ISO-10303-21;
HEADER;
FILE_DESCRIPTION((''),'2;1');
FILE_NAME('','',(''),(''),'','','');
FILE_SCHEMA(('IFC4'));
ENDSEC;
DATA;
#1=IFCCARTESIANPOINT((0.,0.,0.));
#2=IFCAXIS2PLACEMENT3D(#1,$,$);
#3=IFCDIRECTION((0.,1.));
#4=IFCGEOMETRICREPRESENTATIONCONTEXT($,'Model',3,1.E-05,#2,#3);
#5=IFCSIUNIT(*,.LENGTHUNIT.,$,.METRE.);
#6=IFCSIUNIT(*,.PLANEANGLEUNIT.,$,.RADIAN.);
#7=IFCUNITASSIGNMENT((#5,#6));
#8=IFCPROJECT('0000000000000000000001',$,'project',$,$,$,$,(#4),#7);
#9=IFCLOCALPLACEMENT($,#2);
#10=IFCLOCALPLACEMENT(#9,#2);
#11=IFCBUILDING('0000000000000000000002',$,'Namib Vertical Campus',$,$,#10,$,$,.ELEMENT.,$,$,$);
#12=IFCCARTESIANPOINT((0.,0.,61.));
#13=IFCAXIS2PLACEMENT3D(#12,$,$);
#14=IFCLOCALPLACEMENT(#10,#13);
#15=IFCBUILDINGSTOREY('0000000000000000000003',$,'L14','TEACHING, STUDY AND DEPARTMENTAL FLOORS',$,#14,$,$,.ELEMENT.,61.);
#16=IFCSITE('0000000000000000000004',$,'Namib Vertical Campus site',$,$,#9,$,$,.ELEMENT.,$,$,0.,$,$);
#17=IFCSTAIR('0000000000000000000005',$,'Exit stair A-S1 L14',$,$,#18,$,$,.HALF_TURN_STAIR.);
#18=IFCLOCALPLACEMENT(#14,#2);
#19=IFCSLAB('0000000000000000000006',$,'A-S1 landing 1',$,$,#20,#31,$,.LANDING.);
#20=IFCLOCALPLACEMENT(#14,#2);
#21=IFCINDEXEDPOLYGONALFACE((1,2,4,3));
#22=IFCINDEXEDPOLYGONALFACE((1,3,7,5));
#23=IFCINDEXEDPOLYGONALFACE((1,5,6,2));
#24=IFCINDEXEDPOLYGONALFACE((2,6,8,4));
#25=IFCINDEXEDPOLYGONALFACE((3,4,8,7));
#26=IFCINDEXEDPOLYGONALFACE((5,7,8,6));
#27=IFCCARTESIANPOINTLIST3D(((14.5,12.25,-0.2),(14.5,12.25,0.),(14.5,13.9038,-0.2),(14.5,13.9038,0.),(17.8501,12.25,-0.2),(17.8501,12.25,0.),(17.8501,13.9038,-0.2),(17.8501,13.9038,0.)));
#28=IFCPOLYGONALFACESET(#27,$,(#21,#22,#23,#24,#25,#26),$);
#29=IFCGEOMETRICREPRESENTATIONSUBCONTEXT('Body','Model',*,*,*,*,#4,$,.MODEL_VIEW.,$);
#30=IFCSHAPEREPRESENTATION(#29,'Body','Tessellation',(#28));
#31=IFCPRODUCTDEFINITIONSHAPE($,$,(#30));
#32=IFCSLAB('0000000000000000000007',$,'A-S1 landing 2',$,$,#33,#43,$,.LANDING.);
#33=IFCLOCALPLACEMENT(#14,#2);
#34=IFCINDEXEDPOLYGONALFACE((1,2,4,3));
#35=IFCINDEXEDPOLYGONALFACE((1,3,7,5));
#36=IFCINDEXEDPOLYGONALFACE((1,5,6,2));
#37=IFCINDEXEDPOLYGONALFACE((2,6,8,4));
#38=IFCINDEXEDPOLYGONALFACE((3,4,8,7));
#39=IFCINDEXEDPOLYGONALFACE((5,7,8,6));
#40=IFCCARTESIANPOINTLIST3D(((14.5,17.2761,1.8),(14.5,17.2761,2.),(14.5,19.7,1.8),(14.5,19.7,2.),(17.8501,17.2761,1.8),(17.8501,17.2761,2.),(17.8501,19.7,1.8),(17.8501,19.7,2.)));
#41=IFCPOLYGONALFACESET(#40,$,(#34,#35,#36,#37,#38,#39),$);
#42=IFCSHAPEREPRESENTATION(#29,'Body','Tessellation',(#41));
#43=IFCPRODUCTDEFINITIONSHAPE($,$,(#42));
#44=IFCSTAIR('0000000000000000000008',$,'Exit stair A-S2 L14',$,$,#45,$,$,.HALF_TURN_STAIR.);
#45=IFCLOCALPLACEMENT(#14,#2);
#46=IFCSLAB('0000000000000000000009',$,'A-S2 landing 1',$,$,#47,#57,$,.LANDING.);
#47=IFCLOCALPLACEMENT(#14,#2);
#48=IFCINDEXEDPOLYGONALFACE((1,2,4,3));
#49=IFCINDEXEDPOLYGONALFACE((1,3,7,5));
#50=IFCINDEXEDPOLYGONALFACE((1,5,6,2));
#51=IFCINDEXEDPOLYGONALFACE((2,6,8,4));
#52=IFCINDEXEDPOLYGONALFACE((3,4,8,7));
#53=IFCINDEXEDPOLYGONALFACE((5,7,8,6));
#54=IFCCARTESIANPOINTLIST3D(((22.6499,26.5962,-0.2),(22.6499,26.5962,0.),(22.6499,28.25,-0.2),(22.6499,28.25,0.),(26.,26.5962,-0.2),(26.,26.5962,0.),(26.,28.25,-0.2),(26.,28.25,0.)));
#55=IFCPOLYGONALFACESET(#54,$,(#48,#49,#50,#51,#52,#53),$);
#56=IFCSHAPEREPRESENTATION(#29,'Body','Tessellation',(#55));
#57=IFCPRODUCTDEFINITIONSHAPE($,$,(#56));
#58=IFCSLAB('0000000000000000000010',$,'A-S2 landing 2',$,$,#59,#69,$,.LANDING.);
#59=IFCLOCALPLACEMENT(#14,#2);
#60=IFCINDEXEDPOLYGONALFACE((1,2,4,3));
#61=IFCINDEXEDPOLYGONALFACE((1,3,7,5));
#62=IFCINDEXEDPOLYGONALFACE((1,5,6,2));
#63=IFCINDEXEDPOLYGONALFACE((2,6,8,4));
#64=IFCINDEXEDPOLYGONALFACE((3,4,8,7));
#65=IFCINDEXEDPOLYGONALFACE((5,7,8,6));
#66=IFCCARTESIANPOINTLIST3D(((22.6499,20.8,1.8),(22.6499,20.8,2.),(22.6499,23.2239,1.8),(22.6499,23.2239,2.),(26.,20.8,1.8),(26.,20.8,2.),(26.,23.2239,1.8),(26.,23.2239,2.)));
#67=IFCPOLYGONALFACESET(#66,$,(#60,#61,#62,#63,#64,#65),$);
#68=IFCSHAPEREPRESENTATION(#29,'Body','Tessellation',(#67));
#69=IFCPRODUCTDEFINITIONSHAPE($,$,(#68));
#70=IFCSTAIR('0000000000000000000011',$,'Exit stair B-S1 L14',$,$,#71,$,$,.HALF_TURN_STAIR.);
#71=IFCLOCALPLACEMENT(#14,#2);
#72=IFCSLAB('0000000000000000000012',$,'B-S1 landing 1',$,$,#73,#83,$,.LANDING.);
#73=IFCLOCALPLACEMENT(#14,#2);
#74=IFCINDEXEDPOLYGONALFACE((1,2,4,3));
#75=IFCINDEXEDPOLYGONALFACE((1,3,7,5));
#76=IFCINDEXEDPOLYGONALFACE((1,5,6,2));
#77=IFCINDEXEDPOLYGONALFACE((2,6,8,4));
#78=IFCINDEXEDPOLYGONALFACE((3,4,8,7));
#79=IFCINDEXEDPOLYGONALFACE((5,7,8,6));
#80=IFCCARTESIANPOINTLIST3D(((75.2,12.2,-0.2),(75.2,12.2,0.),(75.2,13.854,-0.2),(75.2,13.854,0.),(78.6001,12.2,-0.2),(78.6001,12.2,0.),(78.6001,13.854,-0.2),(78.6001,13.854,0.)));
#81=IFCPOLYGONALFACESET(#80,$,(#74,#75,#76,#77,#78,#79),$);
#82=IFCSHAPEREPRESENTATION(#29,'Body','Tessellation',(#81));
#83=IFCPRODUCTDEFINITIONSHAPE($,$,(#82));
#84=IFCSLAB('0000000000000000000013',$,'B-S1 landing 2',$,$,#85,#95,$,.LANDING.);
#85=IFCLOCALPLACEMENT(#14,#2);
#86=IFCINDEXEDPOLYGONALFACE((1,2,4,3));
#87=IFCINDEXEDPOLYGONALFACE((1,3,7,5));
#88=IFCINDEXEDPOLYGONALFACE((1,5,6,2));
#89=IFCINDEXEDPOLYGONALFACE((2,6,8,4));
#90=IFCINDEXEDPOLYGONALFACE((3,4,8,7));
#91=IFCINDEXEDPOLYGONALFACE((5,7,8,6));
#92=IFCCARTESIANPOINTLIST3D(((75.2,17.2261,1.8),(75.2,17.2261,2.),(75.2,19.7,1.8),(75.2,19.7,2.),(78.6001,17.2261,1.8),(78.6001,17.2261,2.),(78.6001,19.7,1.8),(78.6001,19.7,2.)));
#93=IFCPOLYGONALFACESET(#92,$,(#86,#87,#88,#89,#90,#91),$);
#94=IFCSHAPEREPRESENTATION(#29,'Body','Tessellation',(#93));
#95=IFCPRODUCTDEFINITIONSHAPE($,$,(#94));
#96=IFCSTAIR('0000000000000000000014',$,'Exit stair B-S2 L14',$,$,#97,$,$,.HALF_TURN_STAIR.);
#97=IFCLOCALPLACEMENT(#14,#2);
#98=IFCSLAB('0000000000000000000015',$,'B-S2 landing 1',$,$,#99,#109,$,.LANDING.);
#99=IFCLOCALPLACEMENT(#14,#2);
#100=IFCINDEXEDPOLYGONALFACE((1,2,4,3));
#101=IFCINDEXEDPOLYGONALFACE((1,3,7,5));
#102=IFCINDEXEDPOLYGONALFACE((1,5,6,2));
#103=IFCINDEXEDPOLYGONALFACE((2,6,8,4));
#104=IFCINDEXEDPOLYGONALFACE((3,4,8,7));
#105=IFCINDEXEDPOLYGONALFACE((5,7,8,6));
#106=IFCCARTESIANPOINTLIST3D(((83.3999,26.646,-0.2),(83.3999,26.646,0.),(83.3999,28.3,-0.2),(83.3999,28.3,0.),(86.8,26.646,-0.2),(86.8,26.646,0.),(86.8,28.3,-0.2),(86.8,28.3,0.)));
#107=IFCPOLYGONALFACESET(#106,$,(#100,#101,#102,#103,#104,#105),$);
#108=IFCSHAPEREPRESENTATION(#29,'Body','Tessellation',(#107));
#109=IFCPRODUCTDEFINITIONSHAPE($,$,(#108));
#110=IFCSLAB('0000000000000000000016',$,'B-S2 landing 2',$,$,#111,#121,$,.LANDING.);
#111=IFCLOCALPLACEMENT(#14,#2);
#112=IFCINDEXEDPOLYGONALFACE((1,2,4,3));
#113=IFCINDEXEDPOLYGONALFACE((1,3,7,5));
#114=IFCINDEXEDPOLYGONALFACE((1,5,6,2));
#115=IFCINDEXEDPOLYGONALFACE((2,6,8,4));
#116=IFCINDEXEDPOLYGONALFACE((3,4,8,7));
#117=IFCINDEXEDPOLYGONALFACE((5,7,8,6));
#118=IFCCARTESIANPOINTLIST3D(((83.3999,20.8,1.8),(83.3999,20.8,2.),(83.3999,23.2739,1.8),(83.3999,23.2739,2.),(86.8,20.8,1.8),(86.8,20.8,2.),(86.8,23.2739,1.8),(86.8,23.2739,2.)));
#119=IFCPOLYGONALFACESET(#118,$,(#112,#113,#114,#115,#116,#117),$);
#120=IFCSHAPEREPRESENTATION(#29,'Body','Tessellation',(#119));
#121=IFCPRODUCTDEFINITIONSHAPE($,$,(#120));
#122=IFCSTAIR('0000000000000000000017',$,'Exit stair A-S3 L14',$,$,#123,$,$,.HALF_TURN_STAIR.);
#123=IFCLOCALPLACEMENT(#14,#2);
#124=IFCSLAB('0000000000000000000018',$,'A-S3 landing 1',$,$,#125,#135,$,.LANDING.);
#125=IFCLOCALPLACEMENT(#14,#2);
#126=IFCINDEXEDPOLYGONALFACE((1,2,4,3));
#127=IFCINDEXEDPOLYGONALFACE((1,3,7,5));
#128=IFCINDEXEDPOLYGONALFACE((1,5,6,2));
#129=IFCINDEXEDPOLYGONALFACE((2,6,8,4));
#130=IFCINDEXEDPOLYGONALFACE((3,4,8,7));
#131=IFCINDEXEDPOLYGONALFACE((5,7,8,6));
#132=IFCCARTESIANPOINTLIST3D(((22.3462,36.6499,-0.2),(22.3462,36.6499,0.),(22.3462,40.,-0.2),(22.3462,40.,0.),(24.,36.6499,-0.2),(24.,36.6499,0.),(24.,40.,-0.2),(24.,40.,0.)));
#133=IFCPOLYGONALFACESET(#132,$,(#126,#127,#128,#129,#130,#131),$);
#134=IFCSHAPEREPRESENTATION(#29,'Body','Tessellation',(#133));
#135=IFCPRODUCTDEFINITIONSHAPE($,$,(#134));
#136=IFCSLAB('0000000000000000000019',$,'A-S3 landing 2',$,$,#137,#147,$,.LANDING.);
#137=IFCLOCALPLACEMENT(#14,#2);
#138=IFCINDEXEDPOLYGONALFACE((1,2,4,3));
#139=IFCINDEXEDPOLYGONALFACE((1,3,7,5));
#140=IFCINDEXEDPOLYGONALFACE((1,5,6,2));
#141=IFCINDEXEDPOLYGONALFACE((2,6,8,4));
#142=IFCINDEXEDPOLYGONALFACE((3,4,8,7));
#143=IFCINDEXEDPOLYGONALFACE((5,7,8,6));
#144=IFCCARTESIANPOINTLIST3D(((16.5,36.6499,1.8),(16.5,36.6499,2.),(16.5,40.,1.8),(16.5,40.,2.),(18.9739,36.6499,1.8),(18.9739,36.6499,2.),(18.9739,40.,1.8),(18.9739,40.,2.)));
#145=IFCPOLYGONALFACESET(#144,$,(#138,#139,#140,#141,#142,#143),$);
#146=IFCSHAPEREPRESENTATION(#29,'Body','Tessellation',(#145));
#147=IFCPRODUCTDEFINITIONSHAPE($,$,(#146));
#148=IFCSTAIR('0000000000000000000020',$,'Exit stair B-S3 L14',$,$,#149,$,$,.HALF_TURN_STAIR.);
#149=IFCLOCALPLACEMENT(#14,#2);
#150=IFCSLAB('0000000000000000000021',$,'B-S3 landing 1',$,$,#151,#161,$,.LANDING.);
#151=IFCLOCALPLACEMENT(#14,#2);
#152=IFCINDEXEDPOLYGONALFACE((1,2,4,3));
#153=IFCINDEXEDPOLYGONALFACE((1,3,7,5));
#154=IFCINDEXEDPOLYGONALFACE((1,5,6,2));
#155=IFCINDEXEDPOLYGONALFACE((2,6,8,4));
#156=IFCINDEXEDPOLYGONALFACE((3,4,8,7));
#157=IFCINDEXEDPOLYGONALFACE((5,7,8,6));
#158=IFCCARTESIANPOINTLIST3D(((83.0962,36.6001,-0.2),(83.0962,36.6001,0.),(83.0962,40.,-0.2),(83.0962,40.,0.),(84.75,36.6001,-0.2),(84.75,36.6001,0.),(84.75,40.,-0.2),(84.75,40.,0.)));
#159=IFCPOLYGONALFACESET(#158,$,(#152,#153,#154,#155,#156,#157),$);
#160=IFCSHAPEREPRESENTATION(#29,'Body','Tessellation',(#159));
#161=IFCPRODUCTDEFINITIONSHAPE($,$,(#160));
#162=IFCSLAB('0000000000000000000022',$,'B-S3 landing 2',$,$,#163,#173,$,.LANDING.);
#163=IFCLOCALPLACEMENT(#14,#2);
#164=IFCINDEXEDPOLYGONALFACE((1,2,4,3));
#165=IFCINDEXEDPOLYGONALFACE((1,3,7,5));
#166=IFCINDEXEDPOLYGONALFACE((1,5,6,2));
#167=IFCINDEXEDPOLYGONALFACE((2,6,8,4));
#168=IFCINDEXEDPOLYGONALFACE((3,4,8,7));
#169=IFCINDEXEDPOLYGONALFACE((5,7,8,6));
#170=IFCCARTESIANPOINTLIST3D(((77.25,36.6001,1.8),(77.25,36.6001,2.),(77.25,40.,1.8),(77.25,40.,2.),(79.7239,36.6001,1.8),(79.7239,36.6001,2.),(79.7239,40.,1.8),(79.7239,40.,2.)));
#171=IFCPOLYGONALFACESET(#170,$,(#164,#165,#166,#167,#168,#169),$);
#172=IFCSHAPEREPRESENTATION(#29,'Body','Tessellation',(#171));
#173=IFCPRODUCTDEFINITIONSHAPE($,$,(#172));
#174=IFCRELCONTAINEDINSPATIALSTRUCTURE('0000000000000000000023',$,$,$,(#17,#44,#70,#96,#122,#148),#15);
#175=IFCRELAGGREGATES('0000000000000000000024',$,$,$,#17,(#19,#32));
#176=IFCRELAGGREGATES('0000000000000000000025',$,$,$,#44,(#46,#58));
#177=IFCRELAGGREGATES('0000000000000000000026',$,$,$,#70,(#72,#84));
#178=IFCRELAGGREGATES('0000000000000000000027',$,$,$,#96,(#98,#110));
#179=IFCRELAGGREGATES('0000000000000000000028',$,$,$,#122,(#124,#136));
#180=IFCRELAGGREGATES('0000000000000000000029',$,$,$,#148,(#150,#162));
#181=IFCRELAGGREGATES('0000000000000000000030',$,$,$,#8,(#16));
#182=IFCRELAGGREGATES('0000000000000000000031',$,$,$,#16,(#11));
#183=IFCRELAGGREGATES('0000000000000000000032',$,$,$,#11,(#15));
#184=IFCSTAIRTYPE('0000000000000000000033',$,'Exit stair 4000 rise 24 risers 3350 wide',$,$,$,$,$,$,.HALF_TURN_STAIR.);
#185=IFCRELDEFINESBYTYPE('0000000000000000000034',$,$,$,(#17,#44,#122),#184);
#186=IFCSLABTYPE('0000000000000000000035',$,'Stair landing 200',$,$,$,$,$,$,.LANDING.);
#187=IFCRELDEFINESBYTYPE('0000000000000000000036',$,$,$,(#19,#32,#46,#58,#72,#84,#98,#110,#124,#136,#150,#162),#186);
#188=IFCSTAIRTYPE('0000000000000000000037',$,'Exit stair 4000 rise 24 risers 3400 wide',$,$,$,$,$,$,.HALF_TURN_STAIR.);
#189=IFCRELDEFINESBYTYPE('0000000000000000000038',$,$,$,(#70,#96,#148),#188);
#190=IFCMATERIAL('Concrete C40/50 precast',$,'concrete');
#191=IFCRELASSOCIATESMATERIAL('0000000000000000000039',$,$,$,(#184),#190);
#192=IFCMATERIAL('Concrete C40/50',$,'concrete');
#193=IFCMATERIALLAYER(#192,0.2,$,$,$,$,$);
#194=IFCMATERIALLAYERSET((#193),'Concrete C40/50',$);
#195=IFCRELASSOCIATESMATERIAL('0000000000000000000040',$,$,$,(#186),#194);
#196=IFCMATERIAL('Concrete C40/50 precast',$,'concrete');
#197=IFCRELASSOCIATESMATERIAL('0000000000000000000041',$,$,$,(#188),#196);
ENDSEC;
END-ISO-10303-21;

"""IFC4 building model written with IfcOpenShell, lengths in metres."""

from ifc_helpers import new_model, si_unit, direction, frame, origin, place, context, subcontext, project, spatial, polyline, outline, extrude, material, layer, layer_set, type_object, element, aggregate, save


model = new_model("IFC4")

# Units and contexts
model_context = context("Model", 3, precision=1e-05, world=origin(), true_north=direction((0.0, 1.0)))
body_context = subcontext(model_context, "Body", "Model", "MODEL_VIEW")
ifc_project = project(units=[si_unit("LENGTHUNIT", "METRE"), si_unit("PLANEANGLEUNIT", "RADIAN")], contexts=[model_context])

# Site, building, storey
site_placement = place(None, origin())
site = spatial("IfcSite", under=ifc_project, at=site_placement, Name="Namib Vertical Campus site", CompositionType="ELEMENT", RefElevation=0.0)
building_placement = place(site_placement, origin())
building = spatial("IfcBuilding", under=site, at=building_placement, Name="Namib Vertical Campus", CompositionType="ELEMENT")
storey_placement = place(building_placement, frame((0.0, 0.0, 61.0)))
storey = spatial("IfcBuildingStorey", under=building, at=storey_placement, Name="L14", Description="TEACHING, STUDY AND DEPARTMENTAL FLOORS", CompositionType="ELEMENT", Elevation=61.0)

# Stairs, slabs
ifc_material_1 = material(Name="Concrete C40/50 precast", Category="concrete")
stair_type_1 = type_object("IfcStairType", Name="Exit stair 4000 rise 24 risers 3350 wide", PredefinedType="HALF_TURN_STAIR", material=ifc_material_1)
stair_1_placement = place(storey_placement, origin())
stair_1 = element("IfcStair", 1, at=stair_1_placement, inside=storey, type_object=stair_type_1, Name="Exit stair A-S1 L14", PredefinedType="HALF_TURN_STAIR")
ifc_material_2 = material(Name="Concrete C40/50", Category="concrete")
ifc_layer_1 = layer(ifc_material_2, 0.2)
ifc_layer_set_1 = layer_set([ifc_layer_1], Name="Concrete C40/50")
slab_type_1 = type_object("IfcSlabType", Name="Stair landing 200", PredefinedType="LANDING", material=ifc_layer_set_1)
slab_1_placement = place(storey_placement, frame((0.0, 0.0, -0.2)))
slab_1 = element("IfcSlab", 2, at=slab_1_placement, type_object=slab_type_1, Name="A-S1 landing 1", PredefinedType="LANDING", context=body_context, shape_type="SweptSolid", body=[
    extrude(outline(polyline([(14.5, 12.25), (17.8501, 12.25), (17.8501, 13.9038), (14.5, 13.9038), (14.5, 12.25)])), origin(), (0.0, 0.0, 1.0), 0.2),
])
slab_2_placement = place(storey_placement, frame((0.0, 0.0, 1.8)))
slab_2 = element("IfcSlab", 3, at=slab_2_placement, type_object=slab_type_1, Name="A-S1 landing 2", PredefinedType="LANDING", context=body_context, shape_type="SweptSolid", body=[
    extrude(outline(polyline([(14.5, 17.2761), (17.8501, 17.2761), (17.8501, 19.7), (14.5, 19.7), (14.5, 17.2761)])), origin(), (0.0, 0.0, 1.0), 0.2),
])
aggregate(stair_1, [slab_1, slab_2])
stair_2_placement = place(storey_placement, origin())
stair_2 = element("IfcStair", 4, at=stair_2_placement, inside=storey, type_object=stair_type_1, Name="Exit stair A-S2 L14", PredefinedType="HALF_TURN_STAIR")
slab_3_placement = place(storey_placement, frame((0.0, 0.0, -0.2)))
slab_3 = element("IfcSlab", 5, at=slab_3_placement, type_object=slab_type_1, Name="A-S2 landing 1", PredefinedType="LANDING", context=body_context, shape_type="SweptSolid", body=[
    extrude(outline(polyline([(22.6499, 26.5962), (26.0, 26.5962), (26.0, 28.25), (22.6499, 28.25), (22.6499, 26.5962)])), origin(), (0.0, 0.0, 1.0), 0.2),
])
slab_4_placement = place(storey_placement, frame((0.0, 0.0, 1.8)))
slab_4 = element("IfcSlab", 6, at=slab_4_placement, type_object=slab_type_1, Name="A-S2 landing 2", PredefinedType="LANDING", context=body_context, shape_type="SweptSolid", body=[
    extrude(outline(polyline([(22.6499, 20.8), (26.0, 20.8), (26.0, 23.2239), (22.6499, 23.2239), (22.6499, 20.8)])), origin(), (0.0, 0.0, 1.0), 0.2),
])
aggregate(stair_2, [slab_3, slab_4])
ifc_material_3 = material(Name="Concrete C40/50 precast", Category="concrete")
stair_type_2 = type_object("IfcStairType", Name="Exit stair 4000 rise 24 risers 3400 wide", PredefinedType="HALF_TURN_STAIR", material=ifc_material_3)
stair_3_placement = place(storey_placement, origin())
stair_3 = element("IfcStair", 7, at=stair_3_placement, inside=storey, type_object=stair_type_2, Name="Exit stair B-S1 L14", PredefinedType="HALF_TURN_STAIR")
slab_5_placement = place(storey_placement, frame((0.0, 0.0, -0.2)))
slab_5 = element("IfcSlab", 8, at=slab_5_placement, type_object=slab_type_1, Name="B-S1 landing 1", PredefinedType="LANDING", context=body_context, shape_type="SweptSolid", body=[
    extrude(outline(polyline([(75.2, 12.2), (78.6001, 12.2), (78.6001, 13.854), (75.2, 13.854), (75.2, 12.2)])), origin(), (0.0, 0.0, 1.0), 0.2),
])
slab_6_placement = place(storey_placement, frame((0.0, 0.0, 1.8)))
slab_6 = element("IfcSlab", 9, at=slab_6_placement, type_object=slab_type_1, Name="B-S1 landing 2", PredefinedType="LANDING", context=body_context, shape_type="SweptSolid", body=[
    extrude(outline(polyline([(75.2, 17.2261), (78.6001, 17.2261), (78.6001, 19.7), (75.2, 19.7), (75.2, 17.2261)])), origin(), (0.0, 0.0, 1.0), 0.2),
])
aggregate(stair_3, [slab_5, slab_6])
stair_4_placement = place(storey_placement, origin())
stair_4 = element("IfcStair", 10, at=stair_4_placement, inside=storey, type_object=stair_type_2, Name="Exit stair B-S2 L14", PredefinedType="HALF_TURN_STAIR")
slab_7_placement = place(storey_placement, frame((0.0, 0.0, -0.2)))
slab_7 = element("IfcSlab", 11, at=slab_7_placement, type_object=slab_type_1, Name="B-S2 landing 1", PredefinedType="LANDING", context=body_context, shape_type="SweptSolid", body=[
    extrude(outline(polyline([(83.3999, 26.646), (86.8, 26.646), (86.8, 28.3), (83.3999, 28.3), (83.3999, 26.646)])), origin(), (0.0, 0.0, 1.0), 0.2),
])
slab_8_placement = place(storey_placement, frame((0.0, 0.0, 1.8)))
slab_8 = element("IfcSlab", 12, at=slab_8_placement, type_object=slab_type_1, Name="B-S2 landing 2", PredefinedType="LANDING", context=body_context, shape_type="SweptSolid", body=[
    extrude(outline(polyline([(83.3999, 20.8), (86.8, 20.8), (86.8, 23.2739), (83.3999, 23.2739), (83.3999, 20.8)])), origin(), (0.0, 0.0, 1.0), 0.2),
])
aggregate(stair_4, [slab_7, slab_8])
stair_5_placement = place(storey_placement, origin())
stair_5 = element("IfcStair", 13, at=stair_5_placement, inside=storey, type_object=stair_type_1, Name="Exit stair A-S3 L14", PredefinedType="HALF_TURN_STAIR")
slab_9_placement = place(storey_placement, frame((0.0, 0.0, -0.2)))
slab_9 = element("IfcSlab", 14, at=slab_9_placement, type_object=slab_type_1, Name="A-S3 landing 1", PredefinedType="LANDING", context=body_context, shape_type="SweptSolid", body=[
    extrude(outline(polyline([(22.3462, 36.6499), (22.3462, 40.0), (24.0, 40.0), (24.0, 36.6499), (22.3462, 36.6499)])), origin(), (0.0, 0.0, 1.0), 0.2),
])
slab_10_placement = place(storey_placement, frame((0.0, 0.0, 1.8)))
slab_10 = element("IfcSlab", 15, at=slab_10_placement, type_object=slab_type_1, Name="A-S3 landing 2", PredefinedType="LANDING", context=body_context, shape_type="SweptSolid", body=[
    extrude(outline(polyline([(16.5, 36.6499), (16.5, 40.0), (18.9739, 40.0), (18.9739, 36.6499), (16.5, 36.6499)])), origin(), (0.0, 0.0, 1.0), 0.2),
])
aggregate(stair_5, [slab_9, slab_10])
stair_6_placement = place(storey_placement, origin())
stair_6 = element("IfcStair", 16, at=stair_6_placement, inside=storey, type_object=stair_type_2, Name="Exit stair B-S3 L14", PredefinedType="HALF_TURN_STAIR")
slab_11_placement = place(storey_placement, frame((0.0, 0.0, -0.2)))
slab_11 = element("IfcSlab", 17, at=slab_11_placement, type_object=slab_type_1, Name="B-S3 landing 1", PredefinedType="LANDING", context=body_context, shape_type="SweptSolid", body=[
    extrude(outline(polyline([(83.0962, 36.6001), (83.0962, 40.0), (84.75, 40.0), (84.75, 36.6001), (83.0962, 36.6001)])), origin(), (0.0, 0.0, 1.0), 0.2),
])
slab_12_placement = place(storey_placement, frame((0.0, 0.0, 1.8)))
slab_12 = element("IfcSlab", 18, at=slab_12_placement, type_object=slab_type_1, Name="B-S3 landing 2", PredefinedType="LANDING", context=body_context, shape_type="SweptSolid", body=[
    extrude(outline(polyline([(77.25, 36.6001), (77.25, 40.0), (79.7239, 40.0), (79.7239, 36.6001), (77.25, 36.6001)])), origin(), (0.0, 0.0, 1.0), 0.2),
])
aggregate(stair_6, [slab_11, slab_12])

save(model, "model.ifc")
